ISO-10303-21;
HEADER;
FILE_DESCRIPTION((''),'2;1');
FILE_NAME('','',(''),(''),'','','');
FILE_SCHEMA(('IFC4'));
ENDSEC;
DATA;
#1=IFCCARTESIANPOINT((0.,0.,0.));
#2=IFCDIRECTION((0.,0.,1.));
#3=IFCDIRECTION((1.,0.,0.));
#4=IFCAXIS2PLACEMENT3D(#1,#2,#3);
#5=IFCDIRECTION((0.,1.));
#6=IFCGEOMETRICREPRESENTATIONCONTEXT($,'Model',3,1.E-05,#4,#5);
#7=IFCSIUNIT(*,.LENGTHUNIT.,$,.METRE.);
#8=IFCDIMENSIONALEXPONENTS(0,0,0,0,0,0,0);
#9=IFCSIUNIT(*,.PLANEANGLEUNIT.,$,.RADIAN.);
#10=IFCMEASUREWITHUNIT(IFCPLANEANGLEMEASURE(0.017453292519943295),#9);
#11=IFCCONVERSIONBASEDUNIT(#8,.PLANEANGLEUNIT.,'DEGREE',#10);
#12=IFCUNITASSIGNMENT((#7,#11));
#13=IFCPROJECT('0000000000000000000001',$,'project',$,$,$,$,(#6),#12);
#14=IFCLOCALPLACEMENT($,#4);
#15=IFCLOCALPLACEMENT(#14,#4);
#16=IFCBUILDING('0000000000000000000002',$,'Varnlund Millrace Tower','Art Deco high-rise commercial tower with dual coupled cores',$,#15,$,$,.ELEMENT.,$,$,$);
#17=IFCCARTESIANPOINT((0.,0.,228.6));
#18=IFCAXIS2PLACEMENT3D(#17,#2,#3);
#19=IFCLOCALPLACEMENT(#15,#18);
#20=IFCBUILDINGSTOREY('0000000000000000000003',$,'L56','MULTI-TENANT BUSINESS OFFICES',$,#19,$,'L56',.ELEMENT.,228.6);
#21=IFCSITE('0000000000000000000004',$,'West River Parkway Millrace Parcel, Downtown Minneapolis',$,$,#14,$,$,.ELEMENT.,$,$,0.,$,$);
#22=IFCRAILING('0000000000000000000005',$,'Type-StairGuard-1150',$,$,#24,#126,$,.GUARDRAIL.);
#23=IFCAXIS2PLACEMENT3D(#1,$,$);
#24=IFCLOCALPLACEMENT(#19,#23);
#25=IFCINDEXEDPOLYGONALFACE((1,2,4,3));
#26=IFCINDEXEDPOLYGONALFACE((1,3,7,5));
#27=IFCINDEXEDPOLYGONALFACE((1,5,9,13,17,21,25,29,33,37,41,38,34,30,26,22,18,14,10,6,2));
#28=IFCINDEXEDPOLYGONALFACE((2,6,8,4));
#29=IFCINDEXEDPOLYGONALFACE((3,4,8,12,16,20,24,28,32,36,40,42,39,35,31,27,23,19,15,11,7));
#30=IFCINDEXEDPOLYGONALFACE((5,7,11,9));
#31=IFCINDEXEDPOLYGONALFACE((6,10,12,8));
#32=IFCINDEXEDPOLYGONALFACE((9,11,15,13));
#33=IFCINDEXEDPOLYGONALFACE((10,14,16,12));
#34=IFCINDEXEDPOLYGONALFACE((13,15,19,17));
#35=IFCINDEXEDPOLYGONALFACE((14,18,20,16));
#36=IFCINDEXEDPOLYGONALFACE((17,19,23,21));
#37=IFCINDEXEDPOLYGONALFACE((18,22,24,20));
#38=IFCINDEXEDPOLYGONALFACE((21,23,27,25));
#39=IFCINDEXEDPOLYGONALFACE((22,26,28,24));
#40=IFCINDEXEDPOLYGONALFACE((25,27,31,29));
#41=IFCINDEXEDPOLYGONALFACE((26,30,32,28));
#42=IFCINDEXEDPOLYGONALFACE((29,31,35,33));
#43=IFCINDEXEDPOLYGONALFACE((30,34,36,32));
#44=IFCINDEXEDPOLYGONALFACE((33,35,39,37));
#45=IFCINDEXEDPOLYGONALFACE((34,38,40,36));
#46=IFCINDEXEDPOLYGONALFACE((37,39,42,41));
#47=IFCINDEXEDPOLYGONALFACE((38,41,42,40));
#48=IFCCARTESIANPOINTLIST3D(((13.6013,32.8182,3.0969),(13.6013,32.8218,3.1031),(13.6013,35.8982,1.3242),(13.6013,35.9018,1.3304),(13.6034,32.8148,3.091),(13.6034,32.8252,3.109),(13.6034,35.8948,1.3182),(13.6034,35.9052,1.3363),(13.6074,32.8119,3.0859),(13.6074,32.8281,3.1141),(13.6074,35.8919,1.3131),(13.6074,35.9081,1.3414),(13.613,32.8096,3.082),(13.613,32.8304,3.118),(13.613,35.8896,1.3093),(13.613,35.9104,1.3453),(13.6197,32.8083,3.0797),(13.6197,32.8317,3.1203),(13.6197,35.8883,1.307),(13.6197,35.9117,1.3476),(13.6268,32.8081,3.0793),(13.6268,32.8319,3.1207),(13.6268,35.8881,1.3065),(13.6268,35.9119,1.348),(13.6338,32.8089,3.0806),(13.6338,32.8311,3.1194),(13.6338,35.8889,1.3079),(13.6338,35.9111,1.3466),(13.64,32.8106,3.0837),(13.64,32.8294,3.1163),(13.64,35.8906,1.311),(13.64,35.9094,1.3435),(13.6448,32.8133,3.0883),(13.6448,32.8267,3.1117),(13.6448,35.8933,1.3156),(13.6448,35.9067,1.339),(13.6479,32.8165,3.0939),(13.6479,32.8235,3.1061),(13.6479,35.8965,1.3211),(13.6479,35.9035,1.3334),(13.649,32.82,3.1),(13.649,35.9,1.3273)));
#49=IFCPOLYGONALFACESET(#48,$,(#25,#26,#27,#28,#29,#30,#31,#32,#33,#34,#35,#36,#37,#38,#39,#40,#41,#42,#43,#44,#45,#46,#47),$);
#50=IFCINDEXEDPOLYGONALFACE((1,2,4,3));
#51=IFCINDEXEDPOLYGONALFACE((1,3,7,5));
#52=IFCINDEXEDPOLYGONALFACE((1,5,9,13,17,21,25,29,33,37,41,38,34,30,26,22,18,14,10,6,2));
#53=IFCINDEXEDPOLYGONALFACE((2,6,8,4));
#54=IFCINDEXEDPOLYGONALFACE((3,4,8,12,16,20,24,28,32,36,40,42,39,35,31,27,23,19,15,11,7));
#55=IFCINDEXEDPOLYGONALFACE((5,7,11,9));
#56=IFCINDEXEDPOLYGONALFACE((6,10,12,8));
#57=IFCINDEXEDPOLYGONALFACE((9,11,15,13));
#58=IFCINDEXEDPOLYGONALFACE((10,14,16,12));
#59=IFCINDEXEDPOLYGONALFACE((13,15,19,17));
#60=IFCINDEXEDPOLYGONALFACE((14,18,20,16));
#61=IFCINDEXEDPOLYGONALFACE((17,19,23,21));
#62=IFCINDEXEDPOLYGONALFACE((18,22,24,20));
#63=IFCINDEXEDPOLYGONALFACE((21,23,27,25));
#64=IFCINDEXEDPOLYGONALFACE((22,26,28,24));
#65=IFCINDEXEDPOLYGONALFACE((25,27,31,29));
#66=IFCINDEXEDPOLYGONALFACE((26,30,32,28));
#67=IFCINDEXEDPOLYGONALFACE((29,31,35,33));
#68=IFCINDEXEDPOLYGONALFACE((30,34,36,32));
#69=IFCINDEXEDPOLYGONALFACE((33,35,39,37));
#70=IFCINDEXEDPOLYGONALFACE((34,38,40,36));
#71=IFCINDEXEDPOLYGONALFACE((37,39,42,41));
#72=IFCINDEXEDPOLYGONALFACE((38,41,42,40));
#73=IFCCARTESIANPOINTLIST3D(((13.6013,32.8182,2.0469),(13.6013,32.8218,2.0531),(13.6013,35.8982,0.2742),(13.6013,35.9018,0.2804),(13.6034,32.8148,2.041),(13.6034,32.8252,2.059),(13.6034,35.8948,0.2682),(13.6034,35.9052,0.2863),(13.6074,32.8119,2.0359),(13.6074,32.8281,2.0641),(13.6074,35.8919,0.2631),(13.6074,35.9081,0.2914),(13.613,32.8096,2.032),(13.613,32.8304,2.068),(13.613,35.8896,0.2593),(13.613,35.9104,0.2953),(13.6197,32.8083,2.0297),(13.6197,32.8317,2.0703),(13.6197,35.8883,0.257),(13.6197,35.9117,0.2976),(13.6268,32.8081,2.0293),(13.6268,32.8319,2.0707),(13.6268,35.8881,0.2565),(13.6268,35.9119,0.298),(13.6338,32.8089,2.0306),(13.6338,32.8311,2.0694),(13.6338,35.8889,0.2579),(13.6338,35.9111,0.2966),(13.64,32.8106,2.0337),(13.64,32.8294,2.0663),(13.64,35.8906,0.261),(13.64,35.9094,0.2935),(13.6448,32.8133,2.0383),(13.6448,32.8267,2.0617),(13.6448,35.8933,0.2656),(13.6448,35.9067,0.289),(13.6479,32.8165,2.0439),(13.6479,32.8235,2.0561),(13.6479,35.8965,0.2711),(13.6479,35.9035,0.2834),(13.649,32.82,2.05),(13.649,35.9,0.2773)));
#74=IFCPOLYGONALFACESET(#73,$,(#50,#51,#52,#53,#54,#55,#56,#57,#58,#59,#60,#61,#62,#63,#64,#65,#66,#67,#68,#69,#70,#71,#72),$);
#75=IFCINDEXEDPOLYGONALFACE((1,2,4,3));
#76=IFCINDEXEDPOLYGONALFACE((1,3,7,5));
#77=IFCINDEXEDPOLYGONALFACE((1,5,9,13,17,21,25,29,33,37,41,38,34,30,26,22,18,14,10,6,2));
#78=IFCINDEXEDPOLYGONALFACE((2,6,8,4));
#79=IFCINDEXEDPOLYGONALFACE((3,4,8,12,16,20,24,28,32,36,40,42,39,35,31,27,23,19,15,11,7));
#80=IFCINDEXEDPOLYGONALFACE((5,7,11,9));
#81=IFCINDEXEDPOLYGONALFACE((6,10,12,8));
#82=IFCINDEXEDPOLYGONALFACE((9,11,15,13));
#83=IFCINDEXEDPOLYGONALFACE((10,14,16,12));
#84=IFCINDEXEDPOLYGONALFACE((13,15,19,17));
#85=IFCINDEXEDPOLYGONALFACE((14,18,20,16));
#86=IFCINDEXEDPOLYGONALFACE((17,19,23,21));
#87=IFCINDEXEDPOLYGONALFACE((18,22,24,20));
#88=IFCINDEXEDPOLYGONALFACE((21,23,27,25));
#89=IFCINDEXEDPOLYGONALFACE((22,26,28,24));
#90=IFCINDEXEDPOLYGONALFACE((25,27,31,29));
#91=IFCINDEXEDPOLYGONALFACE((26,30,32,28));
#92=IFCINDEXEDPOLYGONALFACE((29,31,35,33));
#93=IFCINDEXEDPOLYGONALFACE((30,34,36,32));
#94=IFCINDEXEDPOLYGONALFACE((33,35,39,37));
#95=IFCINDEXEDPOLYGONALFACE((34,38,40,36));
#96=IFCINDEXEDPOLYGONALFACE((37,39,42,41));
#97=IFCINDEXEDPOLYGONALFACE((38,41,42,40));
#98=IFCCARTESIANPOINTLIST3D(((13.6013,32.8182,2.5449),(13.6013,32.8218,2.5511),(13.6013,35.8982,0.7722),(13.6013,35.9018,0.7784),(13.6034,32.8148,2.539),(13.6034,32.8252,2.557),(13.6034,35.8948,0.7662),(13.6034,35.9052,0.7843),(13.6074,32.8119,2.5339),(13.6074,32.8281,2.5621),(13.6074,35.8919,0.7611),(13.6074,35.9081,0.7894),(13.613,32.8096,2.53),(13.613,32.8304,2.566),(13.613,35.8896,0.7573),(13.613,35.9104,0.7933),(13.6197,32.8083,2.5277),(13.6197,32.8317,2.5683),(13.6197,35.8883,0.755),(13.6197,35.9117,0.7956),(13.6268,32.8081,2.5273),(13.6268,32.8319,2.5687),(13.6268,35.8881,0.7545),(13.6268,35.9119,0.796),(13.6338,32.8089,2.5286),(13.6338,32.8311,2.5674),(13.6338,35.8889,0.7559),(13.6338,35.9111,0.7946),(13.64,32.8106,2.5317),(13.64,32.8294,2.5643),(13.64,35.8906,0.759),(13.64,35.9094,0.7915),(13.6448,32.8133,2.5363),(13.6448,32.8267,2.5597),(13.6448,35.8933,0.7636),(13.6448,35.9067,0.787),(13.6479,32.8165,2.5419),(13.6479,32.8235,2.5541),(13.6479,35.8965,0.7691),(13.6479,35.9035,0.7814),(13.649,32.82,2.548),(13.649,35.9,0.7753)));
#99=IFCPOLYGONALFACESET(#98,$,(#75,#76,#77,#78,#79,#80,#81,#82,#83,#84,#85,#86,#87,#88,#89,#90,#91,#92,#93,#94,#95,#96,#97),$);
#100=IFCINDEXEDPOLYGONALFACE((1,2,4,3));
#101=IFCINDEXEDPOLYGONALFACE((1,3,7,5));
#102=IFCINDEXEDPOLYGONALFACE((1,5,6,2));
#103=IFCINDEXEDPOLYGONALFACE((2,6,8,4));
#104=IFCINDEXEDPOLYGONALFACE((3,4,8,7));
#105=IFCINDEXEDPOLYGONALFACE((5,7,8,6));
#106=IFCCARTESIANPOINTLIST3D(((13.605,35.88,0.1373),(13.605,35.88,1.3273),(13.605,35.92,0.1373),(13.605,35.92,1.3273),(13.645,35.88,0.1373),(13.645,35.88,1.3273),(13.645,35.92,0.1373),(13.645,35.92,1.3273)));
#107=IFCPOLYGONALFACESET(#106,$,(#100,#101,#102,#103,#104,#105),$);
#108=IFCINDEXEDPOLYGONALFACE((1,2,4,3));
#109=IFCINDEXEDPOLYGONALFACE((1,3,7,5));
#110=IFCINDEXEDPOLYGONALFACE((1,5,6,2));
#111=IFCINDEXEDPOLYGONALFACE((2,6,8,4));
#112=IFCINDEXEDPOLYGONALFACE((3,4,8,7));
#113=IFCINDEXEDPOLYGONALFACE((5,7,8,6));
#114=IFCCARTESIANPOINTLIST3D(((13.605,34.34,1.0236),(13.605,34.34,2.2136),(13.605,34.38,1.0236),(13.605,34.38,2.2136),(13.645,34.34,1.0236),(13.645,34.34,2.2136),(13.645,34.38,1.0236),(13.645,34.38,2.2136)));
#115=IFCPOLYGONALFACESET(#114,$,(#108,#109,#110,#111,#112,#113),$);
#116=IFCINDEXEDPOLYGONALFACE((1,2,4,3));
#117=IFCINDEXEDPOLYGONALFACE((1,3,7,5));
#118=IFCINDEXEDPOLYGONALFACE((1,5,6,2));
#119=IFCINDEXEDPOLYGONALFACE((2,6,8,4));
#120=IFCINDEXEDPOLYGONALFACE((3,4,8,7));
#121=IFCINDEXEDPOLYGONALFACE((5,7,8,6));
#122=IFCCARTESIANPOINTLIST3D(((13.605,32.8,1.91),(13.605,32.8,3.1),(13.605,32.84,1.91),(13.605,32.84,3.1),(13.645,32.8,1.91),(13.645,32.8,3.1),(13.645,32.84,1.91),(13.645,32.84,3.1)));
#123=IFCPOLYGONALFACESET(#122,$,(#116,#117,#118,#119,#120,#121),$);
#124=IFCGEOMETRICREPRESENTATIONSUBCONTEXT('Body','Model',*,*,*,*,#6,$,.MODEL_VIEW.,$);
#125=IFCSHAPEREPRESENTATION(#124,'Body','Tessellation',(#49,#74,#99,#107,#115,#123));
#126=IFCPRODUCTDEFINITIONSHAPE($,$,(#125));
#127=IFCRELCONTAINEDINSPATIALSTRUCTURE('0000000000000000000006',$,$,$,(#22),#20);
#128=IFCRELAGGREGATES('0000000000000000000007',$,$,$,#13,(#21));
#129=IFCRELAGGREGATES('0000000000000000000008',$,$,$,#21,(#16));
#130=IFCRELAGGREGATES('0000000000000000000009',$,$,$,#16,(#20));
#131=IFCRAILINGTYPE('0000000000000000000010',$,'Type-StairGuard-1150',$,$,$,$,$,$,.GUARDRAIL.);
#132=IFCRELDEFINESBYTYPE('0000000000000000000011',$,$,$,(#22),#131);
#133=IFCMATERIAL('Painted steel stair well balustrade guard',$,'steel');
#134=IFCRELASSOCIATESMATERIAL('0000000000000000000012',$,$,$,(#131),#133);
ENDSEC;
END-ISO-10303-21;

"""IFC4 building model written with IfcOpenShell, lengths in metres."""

from ifc_helpers import new_model, entity, si_unit, converted_unit, direction, frame, origin_with_axes, origin_2d_with_axis, place, context, subcontext, project, spatial, rectangle, circle, extrude, material, type_object, element, save


model = new_model("IFC4")

# Units and contexts
model_context = context("Model", 3, precision=1e-05, world=origin_with_axes(), true_north=direction((0.0, 1.0)))
body_context = subcontext(model_context, "Body", "Model", "MODEL_VIEW")
ifc_project = project(units=[si_unit("LENGTHUNIT", "METRE"), converted_unit("PLANEANGLEUNIT", "DEGREE", entity("IfcPlaneAngleMeasure", 0.017453292519943295), si_unit("PLANEANGLEUNIT", "RADIAN"), dimensions=[0, 0, 0, 0, 0, 0, 0])], contexts=[model_context])

# Site, building, storey
site_placement = place(None, origin_with_axes())
site = spatial("IfcSite", under=ifc_project, at=site_placement, Name="West River Parkway Millrace Parcel, Downtown Minneapolis", CompositionType="ELEMENT", RefElevation=0.0)
building_placement = place(site_placement, origin_with_axes())
building = spatial("IfcBuilding", under=site, at=building_placement, Name="Varnlund Millrace Tower", Description="Art Deco high-rise commercial tower with dual coupled cores", CompositionType="ELEMENT")
storey_placement = place(building_placement, frame((0.0, 0.0, 228.6), z_axis=(0.0, 0.0, 1.0), x_axis=(1.0, 0.0, 0.0)))
storey = spatial("IfcBuildingStorey", under=building, at=storey_placement, Name="L56", Description="MULTI-TENANT BUSINESS OFFICES", LongName="L56", CompositionType="ELEMENT", Elevation=228.6)

# Railing
ifc_material_1 = material(Name="Painted steel stair well balustrade guard", Category="steel")
railing_type_1 = type_object("IfcRailingType", Name="Type-StairGuard-1150", PredefinedType="GUARDRAIL", material=ifc_material_1)
railing_1_placement = place(storey_placement, frame((0.0, 0.0, -228.6), z_axis=(0.0, 0.0, 1.0), x_axis=(1.0, 0.0, 0.0)))
element("IfcRailing", 1, at=railing_1_placement, inside=storey, type_object=railing_type_1, Name="Type-StairGuard-1150", PredefinedType="GUARDRAIL", context=body_context, shape_type="SweptSolid", body=[
    extrude(circle(Radius=0.024, at=origin_2d_with_axis()), frame((13.625, 35.9, 229.9273), z_axis=(0.0, -0.866696, 0.498836), x_axis=(1.0, 0.0, 0.0)), (0.0, 0.0, 1.0), 3.5537),
    extrude(circle(Radius=0.024, at=origin_2d_with_axis()), frame((13.625, 35.9, 228.8773), z_axis=(0.0, -0.866696, 0.498836), x_axis=(1.0, 0.0, 0.0)), (0.0, 0.0, 1.0), 3.5537),
    extrude(circle(Radius=0.024, at=origin_2d_with_axis()), frame((13.625, 35.9, 229.3753), z_axis=(0.0, -0.866696, 0.498836), x_axis=(1.0, 0.0, 0.0)), (0.0, 0.0, 1.0), 3.5537),
    extrude(rectangle(XDim=0.04, YDim=0.04, at=origin_2d_with_axis()), frame((13.625, 35.9, 228.7373), z_axis=(0.0, 0.0, 1.0), x_axis=(1.0, 0.0, 0.0)), (0.0, 0.0, 1.0), 1.19),
    extrude(rectangle(XDim=0.04, YDim=0.04, at=origin_2d_with_axis()), frame((13.625, 34.36, 229.6236), z_axis=(0.0, 0.0, 1.0), x_axis=(1.0, 0.0, 0.0)), (0.0, 0.0, 1.0), 1.19),
    extrude(rectangle(XDim=0.04, YDim=0.04, at=origin_2d_with_axis()), frame((13.625, 32.82, 230.51), z_axis=(0.0, 0.0, 1.0), x_axis=(1.0, 0.0, 0.0)), (0.0, 0.0, 1.0), 1.19),
])

save(model, "model.ifc")
